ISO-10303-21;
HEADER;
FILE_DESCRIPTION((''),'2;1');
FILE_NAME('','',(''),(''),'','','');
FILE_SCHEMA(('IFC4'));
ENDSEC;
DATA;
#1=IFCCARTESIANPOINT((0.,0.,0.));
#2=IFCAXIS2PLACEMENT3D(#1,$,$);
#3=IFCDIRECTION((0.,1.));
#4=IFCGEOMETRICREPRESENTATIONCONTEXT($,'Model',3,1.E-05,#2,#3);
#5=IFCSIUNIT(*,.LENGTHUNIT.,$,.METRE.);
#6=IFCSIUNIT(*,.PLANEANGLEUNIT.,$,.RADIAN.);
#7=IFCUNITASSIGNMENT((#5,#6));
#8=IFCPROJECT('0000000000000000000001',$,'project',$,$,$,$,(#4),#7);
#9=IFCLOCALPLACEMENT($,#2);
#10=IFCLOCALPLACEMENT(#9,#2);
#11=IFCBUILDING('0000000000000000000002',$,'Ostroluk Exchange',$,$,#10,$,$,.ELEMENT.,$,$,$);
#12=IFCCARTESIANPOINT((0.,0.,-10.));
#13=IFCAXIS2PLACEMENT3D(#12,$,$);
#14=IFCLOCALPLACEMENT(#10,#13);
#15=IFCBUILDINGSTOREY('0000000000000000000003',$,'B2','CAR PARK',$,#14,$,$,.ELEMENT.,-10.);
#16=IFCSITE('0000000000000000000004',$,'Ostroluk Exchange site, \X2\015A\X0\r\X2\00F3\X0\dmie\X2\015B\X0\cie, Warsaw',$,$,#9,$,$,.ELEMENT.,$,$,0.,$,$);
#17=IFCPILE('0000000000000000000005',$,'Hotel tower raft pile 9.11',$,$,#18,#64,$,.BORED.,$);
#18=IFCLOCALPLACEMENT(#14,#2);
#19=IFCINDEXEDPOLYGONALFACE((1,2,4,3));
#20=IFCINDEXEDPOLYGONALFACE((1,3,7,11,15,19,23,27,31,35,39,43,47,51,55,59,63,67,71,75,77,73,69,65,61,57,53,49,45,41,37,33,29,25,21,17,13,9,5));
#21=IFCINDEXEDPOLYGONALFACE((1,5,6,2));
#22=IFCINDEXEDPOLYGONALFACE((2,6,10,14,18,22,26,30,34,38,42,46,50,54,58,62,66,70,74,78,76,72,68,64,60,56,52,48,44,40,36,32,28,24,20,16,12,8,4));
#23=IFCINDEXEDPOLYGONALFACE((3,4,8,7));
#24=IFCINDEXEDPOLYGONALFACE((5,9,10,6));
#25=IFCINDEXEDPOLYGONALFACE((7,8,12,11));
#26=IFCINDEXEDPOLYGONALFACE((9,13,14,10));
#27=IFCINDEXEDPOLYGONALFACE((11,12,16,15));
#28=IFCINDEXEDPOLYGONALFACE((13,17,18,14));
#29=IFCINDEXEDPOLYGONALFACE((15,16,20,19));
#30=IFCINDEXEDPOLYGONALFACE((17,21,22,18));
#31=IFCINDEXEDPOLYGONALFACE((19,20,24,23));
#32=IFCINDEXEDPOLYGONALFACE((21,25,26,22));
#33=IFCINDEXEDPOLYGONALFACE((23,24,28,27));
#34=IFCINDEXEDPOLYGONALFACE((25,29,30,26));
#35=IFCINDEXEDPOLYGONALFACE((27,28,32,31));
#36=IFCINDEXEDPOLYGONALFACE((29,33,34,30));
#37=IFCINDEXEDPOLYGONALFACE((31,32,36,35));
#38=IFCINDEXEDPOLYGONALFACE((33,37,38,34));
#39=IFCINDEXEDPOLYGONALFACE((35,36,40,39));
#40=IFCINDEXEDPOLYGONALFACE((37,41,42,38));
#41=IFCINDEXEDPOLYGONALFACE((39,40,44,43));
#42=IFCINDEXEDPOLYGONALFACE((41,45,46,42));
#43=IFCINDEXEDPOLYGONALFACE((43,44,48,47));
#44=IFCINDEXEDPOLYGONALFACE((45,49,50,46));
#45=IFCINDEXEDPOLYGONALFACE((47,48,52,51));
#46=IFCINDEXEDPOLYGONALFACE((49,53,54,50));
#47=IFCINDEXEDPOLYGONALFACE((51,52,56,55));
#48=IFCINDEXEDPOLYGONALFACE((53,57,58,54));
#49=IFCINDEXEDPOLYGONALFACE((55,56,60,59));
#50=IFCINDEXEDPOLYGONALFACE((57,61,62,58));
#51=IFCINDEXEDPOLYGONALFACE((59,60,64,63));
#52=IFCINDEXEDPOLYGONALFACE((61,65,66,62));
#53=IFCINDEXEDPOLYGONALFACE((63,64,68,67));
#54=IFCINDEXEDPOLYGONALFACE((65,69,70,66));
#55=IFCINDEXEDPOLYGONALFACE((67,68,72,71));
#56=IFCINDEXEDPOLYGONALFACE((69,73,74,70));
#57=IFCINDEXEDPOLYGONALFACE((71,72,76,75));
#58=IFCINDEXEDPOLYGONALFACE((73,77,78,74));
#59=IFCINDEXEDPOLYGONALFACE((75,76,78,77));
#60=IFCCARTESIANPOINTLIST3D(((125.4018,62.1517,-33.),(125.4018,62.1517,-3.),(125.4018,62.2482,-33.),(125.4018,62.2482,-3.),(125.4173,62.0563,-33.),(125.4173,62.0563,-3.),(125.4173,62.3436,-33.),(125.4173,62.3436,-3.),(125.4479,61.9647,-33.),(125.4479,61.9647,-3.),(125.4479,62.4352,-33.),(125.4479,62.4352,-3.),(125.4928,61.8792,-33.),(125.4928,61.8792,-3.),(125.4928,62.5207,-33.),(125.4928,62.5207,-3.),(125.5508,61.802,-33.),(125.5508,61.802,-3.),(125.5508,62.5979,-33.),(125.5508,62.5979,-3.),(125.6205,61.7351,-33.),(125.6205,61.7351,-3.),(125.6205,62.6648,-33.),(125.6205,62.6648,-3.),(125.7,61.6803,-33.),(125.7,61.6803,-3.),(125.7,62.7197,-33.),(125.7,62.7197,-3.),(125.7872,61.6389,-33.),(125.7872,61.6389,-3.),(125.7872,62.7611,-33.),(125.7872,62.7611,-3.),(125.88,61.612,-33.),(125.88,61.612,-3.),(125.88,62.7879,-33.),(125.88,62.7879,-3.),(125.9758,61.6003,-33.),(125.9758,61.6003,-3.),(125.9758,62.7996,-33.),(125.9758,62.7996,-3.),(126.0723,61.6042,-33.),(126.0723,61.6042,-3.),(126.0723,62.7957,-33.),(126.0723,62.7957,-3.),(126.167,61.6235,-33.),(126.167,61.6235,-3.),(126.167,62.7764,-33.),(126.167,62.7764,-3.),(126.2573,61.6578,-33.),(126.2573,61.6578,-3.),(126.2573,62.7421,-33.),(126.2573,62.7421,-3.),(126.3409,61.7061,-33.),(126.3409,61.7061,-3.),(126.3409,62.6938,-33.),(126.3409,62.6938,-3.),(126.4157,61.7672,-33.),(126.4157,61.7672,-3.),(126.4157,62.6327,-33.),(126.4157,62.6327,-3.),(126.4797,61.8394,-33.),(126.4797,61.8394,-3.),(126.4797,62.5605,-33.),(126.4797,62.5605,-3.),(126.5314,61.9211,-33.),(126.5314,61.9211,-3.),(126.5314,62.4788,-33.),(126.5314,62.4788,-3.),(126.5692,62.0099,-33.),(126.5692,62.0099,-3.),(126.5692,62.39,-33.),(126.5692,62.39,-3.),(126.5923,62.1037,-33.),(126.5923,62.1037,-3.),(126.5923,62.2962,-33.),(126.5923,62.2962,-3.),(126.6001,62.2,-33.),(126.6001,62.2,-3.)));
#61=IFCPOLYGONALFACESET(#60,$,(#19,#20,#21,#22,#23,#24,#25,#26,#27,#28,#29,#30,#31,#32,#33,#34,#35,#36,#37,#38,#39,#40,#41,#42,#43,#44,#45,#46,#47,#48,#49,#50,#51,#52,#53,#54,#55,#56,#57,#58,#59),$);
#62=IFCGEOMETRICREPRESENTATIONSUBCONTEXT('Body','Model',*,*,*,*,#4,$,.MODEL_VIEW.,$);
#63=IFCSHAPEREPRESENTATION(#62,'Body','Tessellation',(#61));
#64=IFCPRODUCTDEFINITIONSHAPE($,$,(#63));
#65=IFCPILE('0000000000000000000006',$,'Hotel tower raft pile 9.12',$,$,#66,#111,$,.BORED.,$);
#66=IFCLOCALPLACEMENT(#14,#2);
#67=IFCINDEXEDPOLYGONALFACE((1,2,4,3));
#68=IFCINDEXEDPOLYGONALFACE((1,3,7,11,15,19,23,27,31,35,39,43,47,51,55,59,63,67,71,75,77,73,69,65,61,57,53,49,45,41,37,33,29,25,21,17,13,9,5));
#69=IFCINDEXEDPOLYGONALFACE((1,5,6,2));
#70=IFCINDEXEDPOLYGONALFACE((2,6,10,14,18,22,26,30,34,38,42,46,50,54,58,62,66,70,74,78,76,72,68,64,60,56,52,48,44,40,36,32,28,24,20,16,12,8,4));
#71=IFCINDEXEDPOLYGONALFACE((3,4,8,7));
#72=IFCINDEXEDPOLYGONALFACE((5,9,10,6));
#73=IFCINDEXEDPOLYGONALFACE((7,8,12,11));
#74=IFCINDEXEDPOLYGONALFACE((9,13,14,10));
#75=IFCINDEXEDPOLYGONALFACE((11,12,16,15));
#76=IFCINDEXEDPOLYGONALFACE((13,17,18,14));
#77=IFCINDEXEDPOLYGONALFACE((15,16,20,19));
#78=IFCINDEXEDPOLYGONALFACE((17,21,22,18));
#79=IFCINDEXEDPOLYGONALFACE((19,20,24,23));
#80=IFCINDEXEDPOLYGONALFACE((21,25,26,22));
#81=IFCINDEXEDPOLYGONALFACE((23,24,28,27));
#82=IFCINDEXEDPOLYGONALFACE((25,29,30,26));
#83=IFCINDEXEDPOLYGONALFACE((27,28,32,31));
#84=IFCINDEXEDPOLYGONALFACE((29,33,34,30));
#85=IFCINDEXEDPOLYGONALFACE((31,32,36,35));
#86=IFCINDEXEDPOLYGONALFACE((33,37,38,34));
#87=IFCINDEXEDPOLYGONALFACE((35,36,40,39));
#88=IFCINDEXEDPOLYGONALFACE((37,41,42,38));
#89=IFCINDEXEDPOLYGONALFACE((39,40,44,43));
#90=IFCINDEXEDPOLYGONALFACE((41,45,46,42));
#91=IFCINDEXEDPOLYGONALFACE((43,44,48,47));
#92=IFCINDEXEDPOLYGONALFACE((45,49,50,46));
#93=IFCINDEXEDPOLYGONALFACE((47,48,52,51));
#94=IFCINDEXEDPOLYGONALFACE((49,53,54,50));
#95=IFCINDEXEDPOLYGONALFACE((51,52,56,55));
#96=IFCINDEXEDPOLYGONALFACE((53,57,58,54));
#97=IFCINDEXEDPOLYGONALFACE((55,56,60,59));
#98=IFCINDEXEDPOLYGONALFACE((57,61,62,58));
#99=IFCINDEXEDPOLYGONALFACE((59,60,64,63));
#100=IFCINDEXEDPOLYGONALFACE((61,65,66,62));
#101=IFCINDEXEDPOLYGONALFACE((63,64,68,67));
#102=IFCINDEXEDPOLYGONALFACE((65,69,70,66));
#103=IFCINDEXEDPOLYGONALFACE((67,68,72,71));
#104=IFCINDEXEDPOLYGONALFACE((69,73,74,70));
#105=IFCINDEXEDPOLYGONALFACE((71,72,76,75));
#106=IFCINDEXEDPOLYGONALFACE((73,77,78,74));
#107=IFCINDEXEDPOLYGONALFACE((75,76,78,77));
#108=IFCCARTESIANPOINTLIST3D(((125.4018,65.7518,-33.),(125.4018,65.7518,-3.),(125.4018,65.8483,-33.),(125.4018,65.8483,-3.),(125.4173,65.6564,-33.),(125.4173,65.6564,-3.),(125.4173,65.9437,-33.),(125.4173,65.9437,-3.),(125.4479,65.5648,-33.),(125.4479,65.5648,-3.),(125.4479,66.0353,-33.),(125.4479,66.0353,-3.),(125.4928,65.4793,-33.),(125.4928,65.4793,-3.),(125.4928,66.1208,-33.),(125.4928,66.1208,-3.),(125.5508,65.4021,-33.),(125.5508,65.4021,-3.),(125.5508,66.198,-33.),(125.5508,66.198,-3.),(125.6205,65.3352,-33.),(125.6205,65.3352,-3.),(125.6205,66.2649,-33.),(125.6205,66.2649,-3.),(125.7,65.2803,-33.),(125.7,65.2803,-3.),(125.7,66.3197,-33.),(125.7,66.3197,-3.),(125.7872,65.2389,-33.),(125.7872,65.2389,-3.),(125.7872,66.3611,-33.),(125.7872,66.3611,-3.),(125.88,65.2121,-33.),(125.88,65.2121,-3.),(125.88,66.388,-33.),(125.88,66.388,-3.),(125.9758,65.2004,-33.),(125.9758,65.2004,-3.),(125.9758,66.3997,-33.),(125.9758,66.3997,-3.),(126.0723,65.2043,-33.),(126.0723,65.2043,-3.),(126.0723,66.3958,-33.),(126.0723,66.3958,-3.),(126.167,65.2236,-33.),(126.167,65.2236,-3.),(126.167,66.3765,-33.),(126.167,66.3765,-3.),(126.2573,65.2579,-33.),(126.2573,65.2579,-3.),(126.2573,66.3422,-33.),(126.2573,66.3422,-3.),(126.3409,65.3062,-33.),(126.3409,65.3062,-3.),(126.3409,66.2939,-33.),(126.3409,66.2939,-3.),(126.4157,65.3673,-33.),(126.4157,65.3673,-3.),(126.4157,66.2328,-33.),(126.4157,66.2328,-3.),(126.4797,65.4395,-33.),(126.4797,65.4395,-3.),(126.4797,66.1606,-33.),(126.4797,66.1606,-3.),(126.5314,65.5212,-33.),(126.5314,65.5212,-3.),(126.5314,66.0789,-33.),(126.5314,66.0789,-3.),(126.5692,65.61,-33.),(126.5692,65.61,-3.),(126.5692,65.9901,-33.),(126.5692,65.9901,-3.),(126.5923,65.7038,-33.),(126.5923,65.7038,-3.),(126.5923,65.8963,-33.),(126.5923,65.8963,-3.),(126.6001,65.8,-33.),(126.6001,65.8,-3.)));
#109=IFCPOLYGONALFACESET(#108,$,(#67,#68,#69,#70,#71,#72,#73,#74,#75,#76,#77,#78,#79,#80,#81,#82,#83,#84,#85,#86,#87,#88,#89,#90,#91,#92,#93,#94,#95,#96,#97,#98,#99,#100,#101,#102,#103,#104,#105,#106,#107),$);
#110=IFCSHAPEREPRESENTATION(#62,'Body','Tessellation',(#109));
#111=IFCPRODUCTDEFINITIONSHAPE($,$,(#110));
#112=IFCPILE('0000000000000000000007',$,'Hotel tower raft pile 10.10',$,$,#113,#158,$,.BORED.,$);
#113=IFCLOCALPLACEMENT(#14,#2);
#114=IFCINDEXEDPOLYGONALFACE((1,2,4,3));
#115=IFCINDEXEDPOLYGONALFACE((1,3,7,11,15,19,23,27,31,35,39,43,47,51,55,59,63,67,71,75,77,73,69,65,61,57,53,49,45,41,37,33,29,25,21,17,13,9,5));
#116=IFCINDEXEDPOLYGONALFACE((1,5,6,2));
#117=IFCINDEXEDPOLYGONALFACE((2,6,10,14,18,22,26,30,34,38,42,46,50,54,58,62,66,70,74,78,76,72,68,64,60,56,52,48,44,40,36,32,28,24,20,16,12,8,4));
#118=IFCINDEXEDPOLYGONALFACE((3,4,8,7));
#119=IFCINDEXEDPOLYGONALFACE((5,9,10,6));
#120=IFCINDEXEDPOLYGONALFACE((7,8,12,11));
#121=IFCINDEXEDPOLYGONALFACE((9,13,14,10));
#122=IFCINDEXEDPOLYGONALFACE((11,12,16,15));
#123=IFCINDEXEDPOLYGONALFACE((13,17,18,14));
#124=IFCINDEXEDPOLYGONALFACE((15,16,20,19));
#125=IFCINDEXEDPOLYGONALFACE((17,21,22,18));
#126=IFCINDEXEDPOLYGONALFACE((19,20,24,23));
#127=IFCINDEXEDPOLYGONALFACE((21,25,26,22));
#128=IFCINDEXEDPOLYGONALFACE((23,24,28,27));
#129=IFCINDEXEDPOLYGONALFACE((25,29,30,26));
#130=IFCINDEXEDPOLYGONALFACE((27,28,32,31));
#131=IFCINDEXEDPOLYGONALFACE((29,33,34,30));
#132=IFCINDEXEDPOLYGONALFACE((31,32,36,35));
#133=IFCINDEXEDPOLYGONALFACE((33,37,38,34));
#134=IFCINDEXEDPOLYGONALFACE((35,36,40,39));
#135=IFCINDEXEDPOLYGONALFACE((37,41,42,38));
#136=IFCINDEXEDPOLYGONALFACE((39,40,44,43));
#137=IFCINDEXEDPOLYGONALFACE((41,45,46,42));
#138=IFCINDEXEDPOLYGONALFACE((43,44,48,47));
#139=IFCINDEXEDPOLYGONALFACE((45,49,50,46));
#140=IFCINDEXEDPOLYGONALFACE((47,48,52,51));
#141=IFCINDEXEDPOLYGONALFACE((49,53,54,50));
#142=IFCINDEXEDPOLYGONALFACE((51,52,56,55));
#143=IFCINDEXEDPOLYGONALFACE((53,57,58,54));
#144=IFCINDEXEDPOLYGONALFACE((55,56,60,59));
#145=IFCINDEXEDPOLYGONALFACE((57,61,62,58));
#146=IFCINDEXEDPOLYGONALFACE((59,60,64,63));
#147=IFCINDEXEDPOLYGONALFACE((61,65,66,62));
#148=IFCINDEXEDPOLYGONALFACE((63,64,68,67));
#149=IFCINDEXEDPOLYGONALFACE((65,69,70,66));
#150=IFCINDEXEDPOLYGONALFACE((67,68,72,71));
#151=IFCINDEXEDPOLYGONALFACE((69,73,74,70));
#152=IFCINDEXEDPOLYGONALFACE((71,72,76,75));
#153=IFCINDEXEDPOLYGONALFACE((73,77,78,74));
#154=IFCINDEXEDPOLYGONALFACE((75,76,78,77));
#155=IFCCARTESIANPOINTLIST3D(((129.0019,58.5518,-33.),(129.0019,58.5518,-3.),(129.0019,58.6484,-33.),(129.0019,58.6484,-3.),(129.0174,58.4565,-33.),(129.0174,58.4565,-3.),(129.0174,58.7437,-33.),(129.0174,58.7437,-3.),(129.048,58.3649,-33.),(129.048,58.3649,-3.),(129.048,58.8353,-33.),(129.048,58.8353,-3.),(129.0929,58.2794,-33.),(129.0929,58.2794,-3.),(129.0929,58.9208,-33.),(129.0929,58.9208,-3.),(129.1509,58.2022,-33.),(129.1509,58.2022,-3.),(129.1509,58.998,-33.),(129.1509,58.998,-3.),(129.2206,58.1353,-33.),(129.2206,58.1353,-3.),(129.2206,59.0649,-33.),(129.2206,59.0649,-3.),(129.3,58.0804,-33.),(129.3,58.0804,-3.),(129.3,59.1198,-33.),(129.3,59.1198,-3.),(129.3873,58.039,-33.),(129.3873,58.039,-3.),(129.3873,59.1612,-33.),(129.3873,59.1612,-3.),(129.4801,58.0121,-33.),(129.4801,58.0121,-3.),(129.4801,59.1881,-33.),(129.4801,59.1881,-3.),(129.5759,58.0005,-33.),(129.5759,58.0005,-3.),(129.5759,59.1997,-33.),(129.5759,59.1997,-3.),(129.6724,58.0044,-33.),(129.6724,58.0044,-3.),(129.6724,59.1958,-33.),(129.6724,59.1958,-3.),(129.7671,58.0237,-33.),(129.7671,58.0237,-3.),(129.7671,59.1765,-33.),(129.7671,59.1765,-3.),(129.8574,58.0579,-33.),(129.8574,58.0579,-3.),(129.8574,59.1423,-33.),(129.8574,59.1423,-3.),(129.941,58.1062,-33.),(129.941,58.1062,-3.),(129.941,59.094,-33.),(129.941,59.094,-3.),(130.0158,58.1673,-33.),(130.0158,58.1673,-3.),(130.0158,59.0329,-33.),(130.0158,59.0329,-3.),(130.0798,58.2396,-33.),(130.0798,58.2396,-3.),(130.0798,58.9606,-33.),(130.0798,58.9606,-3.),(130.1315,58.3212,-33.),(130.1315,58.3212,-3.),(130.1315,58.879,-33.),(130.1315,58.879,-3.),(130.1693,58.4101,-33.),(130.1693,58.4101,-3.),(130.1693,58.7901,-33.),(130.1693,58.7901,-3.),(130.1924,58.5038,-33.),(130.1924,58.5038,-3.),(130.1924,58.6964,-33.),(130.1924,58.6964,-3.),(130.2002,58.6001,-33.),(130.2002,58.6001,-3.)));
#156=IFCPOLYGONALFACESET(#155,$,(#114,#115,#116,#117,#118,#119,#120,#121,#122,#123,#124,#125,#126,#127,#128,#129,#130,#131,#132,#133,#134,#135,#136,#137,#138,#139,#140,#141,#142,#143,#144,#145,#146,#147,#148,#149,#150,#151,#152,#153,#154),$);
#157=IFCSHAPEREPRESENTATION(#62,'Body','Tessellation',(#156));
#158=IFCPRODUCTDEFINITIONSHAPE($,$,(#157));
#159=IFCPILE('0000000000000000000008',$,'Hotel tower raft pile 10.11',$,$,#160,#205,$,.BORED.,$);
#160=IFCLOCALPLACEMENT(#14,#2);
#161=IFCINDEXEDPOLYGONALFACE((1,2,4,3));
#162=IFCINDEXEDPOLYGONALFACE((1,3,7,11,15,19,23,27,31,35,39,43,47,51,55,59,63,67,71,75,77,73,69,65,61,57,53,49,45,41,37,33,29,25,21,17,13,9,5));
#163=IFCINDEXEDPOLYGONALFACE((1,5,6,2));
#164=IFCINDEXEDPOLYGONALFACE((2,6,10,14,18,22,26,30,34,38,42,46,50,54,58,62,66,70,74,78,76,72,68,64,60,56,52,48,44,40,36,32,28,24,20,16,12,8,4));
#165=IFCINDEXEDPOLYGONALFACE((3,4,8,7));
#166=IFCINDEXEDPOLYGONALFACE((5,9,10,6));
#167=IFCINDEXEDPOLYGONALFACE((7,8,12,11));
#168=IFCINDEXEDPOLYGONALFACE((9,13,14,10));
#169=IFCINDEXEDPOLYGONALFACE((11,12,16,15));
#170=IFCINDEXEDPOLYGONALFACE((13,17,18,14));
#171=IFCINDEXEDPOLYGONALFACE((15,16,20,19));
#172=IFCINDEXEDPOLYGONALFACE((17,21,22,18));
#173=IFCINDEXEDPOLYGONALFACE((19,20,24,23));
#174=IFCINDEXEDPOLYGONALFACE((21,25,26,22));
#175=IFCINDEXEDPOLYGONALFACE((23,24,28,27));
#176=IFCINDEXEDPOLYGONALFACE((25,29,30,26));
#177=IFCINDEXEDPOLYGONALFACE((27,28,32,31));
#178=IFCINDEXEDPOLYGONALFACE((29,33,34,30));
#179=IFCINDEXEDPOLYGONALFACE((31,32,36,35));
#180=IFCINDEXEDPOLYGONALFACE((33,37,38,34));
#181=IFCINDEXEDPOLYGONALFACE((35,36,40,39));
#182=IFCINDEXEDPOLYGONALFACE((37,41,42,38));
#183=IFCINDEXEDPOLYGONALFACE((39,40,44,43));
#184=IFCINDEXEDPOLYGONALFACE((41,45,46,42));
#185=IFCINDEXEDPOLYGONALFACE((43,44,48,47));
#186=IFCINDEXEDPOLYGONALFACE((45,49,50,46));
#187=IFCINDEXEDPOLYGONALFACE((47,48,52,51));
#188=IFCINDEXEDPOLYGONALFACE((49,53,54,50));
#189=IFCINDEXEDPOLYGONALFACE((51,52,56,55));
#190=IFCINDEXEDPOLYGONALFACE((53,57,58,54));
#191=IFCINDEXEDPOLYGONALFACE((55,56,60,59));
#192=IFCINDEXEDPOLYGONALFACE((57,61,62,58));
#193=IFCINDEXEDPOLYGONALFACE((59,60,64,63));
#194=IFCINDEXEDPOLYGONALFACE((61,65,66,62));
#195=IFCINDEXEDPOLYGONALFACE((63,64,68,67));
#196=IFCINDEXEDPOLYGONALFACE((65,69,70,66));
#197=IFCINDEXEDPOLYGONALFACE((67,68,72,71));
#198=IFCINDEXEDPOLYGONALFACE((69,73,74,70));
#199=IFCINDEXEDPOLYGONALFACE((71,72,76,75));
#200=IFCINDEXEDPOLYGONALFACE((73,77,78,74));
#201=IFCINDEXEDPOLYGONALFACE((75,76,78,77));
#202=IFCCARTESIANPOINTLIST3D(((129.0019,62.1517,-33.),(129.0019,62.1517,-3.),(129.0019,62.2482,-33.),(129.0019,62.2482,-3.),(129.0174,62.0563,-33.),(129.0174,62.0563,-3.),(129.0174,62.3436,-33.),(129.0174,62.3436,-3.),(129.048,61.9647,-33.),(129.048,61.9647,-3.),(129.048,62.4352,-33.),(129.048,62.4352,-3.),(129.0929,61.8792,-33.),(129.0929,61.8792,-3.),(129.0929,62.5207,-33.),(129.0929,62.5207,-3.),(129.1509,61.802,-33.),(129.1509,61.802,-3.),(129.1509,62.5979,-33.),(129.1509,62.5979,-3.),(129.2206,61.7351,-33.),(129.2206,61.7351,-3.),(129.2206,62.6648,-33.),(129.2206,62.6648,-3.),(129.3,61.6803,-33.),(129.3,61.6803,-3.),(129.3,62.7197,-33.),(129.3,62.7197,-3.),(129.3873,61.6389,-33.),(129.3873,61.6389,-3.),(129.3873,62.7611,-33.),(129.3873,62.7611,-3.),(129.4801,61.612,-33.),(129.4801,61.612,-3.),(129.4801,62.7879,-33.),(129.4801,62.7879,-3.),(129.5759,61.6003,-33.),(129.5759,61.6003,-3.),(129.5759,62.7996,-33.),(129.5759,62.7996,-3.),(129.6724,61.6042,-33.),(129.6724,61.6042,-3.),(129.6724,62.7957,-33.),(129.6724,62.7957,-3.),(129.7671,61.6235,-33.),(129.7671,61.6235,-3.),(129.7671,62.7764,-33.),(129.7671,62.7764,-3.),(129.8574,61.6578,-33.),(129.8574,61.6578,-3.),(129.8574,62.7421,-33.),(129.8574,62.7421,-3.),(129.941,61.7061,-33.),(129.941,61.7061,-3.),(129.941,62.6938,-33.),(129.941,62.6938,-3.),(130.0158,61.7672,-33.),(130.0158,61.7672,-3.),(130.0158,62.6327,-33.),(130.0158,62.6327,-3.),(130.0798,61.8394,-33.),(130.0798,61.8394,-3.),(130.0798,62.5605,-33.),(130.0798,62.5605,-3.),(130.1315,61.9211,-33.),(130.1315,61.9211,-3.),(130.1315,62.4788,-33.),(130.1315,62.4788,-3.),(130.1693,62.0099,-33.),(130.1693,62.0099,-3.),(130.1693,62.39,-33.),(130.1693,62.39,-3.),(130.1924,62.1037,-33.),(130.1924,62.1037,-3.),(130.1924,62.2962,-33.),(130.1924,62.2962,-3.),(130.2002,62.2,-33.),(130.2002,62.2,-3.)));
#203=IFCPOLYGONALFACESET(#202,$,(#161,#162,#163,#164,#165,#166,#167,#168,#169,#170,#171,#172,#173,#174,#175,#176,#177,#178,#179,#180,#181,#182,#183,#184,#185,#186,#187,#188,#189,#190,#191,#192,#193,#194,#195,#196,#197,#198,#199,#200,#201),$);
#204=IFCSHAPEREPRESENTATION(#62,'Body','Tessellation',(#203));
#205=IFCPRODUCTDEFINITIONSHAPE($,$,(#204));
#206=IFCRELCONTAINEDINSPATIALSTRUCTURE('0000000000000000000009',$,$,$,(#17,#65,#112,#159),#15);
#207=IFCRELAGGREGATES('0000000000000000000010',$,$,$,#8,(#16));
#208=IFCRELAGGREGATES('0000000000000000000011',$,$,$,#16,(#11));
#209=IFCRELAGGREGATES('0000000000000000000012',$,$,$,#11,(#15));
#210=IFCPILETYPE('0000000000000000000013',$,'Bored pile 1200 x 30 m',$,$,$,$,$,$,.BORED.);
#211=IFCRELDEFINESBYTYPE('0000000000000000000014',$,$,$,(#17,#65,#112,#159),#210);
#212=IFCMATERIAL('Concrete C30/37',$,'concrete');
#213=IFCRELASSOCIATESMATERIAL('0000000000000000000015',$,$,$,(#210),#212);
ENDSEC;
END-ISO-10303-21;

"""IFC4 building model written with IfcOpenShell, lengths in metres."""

from ifc_helpers import new_model, si_unit, direction, frame, origin, origin_2d, place, context, subcontext, project, spatial, circle, extrude, material, type_object, element, save


model = new_model("IFC4")

# Units and contexts
model_context = context("Model", 3, precision=1e-05, world=origin(), true_north=direction((0.0, 1.0)))
body_context = subcontext(model_context, "Body", "Model", "MODEL_VIEW")
ifc_project = project(units=[si_unit("LENGTHUNIT", "METRE"), si_unit("PLANEANGLEUNIT", "RADIAN")], contexts=[model_context])

# Site, building, storey
site_placement = place(None, origin())
site = spatial("IfcSite", under=ifc_project, at=site_placement, Name="Ostroluk Exchange site, Śródmieście, Warsaw", CompositionType="ELEMENT", RefElevation=0.0)
building_placement = place(site_placement, origin())
building = spatial("IfcBuilding", under=site, at=building_placement, Name="Ostroluk Exchange", CompositionType="ELEMENT")
storey_placement = place(building_placement, frame((0.0, 0.0, -10.0)))
storey = spatial("IfcBuildingStorey", under=building, at=storey_placement, Name="B2", Description="CAR PARK", CompositionType="ELEMENT", Elevation=-10.0)

# Piles
ifc_material_1 = material(Name="Concrete C30/37", Category="concrete")
pile_type_1 = type_object("IfcPileType", Name="Bored pile 1200 x 30 m", PredefinedType="BORED", material=ifc_material_1)
for number, where, z_axis, x_axis, name in (
    (1, (126.0, 62.2, -3.0), (0.0, 0.0, -1.0), (1.0, 0.0, 0.0), "Hotel tower raft pile 9.11"),
    (2, (126.0, 65.8, -3.0), (0.0, 0.0, -1.0), (1.0, 0.0, 0.0), "Hotel tower raft pile 9.12"),
    (3, (129.6001, 58.6001, -3.0), (0.0, 0.0, -1.0), (1.0, 0.0, 0.0), "Hotel tower raft pile 10.10"),
    (4, (129.6001, 62.2, -3.0), (0.0, 0.0, -1.0), (1.0, 0.0, 0.0), "Hotel tower raft pile 10.11"),
):
    element("IfcPile", number, at=place(storey_placement, frame(where, z_axis=z_axis, x_axis=x_axis)), inside=storey, type_object=pile_type_1, Name=name, PredefinedType="BORED", context=body_context, shape_type="SweptSolid", body=[
        extrude(circle(Radius=0.6001, at=origin_2d()), origin(), (0.0, 0.0, 1.0), 30.0),
    ])

save(model, "model.ifc")
